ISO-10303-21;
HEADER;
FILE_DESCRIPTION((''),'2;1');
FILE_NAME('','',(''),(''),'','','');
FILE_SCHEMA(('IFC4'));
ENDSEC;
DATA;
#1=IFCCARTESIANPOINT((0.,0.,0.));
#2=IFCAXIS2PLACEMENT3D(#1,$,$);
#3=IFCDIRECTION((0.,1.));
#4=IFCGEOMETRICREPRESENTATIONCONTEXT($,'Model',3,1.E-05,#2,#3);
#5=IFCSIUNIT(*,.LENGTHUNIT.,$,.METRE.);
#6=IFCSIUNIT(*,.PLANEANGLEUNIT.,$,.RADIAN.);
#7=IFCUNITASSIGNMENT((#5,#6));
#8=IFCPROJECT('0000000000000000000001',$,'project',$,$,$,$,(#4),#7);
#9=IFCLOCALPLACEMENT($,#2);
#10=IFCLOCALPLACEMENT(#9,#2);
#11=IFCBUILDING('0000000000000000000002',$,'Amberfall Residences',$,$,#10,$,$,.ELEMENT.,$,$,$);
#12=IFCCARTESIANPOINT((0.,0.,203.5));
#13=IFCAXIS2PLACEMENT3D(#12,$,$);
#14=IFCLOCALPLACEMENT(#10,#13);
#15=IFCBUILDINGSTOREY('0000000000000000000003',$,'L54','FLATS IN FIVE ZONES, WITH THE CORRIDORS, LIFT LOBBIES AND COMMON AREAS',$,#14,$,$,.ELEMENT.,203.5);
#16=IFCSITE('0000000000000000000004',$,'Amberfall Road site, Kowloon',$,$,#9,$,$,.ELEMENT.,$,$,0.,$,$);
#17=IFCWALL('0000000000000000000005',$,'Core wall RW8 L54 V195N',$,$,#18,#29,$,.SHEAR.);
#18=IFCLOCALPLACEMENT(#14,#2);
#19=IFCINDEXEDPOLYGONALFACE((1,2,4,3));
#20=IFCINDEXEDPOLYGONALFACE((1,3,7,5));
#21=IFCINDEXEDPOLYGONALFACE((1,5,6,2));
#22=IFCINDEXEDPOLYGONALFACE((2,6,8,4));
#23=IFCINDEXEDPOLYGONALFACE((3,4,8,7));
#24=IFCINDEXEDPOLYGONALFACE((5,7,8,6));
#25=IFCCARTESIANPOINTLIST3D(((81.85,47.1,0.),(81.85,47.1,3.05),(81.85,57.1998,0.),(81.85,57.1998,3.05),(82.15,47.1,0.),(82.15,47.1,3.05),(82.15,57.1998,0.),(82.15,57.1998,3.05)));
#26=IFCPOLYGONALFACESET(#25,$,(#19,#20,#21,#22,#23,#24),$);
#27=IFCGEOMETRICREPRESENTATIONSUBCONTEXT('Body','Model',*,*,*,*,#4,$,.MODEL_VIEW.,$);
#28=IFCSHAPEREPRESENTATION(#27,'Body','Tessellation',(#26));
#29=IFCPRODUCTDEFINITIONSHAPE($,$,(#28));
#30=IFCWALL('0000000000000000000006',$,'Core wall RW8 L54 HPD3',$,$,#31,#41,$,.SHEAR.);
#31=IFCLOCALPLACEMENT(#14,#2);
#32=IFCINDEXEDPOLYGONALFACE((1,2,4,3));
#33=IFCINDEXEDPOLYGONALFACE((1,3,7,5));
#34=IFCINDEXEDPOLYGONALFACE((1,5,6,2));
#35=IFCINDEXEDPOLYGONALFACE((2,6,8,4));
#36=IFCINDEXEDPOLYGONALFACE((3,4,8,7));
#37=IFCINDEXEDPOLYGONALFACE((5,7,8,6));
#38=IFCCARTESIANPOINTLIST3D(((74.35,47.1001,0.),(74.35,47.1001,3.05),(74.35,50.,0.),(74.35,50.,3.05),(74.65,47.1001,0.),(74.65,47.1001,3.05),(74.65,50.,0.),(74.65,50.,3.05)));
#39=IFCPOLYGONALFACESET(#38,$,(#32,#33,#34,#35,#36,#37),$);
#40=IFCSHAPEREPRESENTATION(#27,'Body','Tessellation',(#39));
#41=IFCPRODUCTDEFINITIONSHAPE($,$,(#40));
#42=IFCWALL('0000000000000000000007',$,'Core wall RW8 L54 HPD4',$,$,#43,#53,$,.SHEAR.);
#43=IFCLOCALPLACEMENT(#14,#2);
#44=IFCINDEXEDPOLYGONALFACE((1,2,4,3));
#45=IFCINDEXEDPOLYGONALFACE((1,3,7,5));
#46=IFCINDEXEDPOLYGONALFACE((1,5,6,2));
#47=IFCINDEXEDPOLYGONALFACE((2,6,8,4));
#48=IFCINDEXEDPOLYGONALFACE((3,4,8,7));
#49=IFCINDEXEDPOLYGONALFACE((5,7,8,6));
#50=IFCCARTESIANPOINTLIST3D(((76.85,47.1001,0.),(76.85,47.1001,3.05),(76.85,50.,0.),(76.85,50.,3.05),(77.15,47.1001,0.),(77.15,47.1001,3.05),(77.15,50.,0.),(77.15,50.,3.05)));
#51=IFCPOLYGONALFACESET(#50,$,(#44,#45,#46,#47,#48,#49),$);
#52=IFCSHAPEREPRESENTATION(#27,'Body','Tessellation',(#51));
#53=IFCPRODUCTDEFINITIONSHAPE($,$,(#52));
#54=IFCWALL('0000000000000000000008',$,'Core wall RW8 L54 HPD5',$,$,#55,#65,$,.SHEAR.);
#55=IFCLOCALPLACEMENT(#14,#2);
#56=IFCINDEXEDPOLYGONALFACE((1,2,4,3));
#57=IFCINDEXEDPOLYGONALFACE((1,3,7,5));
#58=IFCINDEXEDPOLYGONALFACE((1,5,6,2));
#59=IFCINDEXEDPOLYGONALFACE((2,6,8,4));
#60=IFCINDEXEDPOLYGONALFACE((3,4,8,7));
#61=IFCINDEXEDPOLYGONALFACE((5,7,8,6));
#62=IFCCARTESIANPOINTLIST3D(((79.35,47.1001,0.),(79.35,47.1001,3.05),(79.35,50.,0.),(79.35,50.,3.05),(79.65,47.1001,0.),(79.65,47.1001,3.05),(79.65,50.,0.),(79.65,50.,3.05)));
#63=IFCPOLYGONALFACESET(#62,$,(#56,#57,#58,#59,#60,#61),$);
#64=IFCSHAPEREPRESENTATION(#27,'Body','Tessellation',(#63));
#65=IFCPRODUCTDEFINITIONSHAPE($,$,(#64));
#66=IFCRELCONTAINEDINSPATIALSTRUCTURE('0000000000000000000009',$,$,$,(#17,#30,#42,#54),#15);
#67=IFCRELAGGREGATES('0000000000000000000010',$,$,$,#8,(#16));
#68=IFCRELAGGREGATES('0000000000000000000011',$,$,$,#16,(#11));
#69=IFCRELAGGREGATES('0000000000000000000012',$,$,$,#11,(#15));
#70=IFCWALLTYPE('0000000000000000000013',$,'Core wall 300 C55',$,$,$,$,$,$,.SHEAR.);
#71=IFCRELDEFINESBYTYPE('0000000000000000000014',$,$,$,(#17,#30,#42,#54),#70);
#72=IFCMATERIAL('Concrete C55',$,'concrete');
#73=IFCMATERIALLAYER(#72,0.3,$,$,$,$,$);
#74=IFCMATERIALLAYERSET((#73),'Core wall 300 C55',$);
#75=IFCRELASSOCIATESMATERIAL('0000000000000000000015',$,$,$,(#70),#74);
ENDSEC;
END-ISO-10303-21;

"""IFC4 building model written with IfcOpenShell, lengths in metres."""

from ifc_helpers import new_model, si_unit, direction, frame, frame_2d, origin, place, context, subcontext, project, spatial, rectangle, extrude, material, layer, layer_set, type_object, element, save


model = new_model("IFC4")

# Units and contexts
model_context = context("Model", 3, precision=1e-05, world=origin(), true_north=direction((0.0, 1.0)))
body_context = subcontext(model_context, "Body", "Model", "MODEL_VIEW")
ifc_project = project(units=[si_unit("LENGTHUNIT", "METRE"), si_unit("PLANEANGLEUNIT", "RADIAN")], contexts=[model_context])

# Site, building, storey
site_placement = place(None, origin())
site = spatial("IfcSite", under=ifc_project, at=site_placement, Name="Amberfall Road site, Kowloon", CompositionType="ELEMENT", RefElevation=0.0)
building_placement = place(site_placement, origin())
building = spatial("IfcBuilding", under=site, at=building_placement, Name="Amberfall Residences", CompositionType="ELEMENT")
storey_placement = place(building_placement, frame((0.0, 0.0, 203.5)))
storey = spatial("IfcBuildingStorey", under=building, at=storey_placement, Name="L54", Description="FLATS IN FIVE ZONES, WITH THE CORRIDORS, LIFT LOBBIES AND COMMON AREAS", CompositionType="ELEMENT", Elevation=203.5)

# Walls
ifc_material_1 = material(Name="Concrete C55", Category="concrete")
ifc_layer_1 = layer(ifc_material_1, 0.3)
ifc_layer_set_1 = layer_set([ifc_layer_1], Name="Core wall 300 C55")
wall_type_1 = type_object("IfcWallType", Name="Core wall 300 C55", PredefinedType="SHEAR", material=ifc_layer_set_1)
wall_1_placement = place(storey_placement, frame((82.0, 47.1001, 0.0), z_axis=(0.0, 0.0, 1.0), x_axis=(0.0, 1.0, 0.0)))
element("IfcWall", 1, at=wall_1_placement, inside=storey, type_object=wall_type_1, Name="Core wall RW8 L54 V195N", PredefinedType="SHEAR", context=body_context, shape_type="SweptSolid", body=[
    extrude(rectangle(XDim=10.0999, YDim=0.3, at=frame_2d((5.0498, 0.0))), origin(), (0.0, 0.0, 1.0), 3.05),
])
for number, where, z_axis, x_axis, name in (
    (2, (74.5, 47.1001, 0.0), (0.0, 0.0, 1.0), (0.0, 1.0, 0.0), "Core wall RW8 L54 HPD3"),
    (3, (77.0, 47.1001, 0.0), (0.0, 0.0, 1.0), (0.0, 1.0, 0.0), "Core wall RW8 L54 HPD4"),
    (4, (79.5, 47.1001, 0.0), (0.0, 0.0, 1.0), (0.0, 1.0, 0.0), "Core wall RW8 L54 HPD5"),
):
    element("IfcWall", number, at=place(storey_placement, frame(where, z_axis=z_axis, x_axis=x_axis)), inside=storey, type_object=wall_type_1, Name=name, PredefinedType="SHEAR", context=body_context, shape_type="SweptSolid", body=[
        extrude(rectangle(XDim=2.8999, YDim=0.3, at=frame_2d((1.45, 0.0))), origin(), (0.0, 0.0, 1.0), 3.05),
    ])

save(model, "model.ifc")
